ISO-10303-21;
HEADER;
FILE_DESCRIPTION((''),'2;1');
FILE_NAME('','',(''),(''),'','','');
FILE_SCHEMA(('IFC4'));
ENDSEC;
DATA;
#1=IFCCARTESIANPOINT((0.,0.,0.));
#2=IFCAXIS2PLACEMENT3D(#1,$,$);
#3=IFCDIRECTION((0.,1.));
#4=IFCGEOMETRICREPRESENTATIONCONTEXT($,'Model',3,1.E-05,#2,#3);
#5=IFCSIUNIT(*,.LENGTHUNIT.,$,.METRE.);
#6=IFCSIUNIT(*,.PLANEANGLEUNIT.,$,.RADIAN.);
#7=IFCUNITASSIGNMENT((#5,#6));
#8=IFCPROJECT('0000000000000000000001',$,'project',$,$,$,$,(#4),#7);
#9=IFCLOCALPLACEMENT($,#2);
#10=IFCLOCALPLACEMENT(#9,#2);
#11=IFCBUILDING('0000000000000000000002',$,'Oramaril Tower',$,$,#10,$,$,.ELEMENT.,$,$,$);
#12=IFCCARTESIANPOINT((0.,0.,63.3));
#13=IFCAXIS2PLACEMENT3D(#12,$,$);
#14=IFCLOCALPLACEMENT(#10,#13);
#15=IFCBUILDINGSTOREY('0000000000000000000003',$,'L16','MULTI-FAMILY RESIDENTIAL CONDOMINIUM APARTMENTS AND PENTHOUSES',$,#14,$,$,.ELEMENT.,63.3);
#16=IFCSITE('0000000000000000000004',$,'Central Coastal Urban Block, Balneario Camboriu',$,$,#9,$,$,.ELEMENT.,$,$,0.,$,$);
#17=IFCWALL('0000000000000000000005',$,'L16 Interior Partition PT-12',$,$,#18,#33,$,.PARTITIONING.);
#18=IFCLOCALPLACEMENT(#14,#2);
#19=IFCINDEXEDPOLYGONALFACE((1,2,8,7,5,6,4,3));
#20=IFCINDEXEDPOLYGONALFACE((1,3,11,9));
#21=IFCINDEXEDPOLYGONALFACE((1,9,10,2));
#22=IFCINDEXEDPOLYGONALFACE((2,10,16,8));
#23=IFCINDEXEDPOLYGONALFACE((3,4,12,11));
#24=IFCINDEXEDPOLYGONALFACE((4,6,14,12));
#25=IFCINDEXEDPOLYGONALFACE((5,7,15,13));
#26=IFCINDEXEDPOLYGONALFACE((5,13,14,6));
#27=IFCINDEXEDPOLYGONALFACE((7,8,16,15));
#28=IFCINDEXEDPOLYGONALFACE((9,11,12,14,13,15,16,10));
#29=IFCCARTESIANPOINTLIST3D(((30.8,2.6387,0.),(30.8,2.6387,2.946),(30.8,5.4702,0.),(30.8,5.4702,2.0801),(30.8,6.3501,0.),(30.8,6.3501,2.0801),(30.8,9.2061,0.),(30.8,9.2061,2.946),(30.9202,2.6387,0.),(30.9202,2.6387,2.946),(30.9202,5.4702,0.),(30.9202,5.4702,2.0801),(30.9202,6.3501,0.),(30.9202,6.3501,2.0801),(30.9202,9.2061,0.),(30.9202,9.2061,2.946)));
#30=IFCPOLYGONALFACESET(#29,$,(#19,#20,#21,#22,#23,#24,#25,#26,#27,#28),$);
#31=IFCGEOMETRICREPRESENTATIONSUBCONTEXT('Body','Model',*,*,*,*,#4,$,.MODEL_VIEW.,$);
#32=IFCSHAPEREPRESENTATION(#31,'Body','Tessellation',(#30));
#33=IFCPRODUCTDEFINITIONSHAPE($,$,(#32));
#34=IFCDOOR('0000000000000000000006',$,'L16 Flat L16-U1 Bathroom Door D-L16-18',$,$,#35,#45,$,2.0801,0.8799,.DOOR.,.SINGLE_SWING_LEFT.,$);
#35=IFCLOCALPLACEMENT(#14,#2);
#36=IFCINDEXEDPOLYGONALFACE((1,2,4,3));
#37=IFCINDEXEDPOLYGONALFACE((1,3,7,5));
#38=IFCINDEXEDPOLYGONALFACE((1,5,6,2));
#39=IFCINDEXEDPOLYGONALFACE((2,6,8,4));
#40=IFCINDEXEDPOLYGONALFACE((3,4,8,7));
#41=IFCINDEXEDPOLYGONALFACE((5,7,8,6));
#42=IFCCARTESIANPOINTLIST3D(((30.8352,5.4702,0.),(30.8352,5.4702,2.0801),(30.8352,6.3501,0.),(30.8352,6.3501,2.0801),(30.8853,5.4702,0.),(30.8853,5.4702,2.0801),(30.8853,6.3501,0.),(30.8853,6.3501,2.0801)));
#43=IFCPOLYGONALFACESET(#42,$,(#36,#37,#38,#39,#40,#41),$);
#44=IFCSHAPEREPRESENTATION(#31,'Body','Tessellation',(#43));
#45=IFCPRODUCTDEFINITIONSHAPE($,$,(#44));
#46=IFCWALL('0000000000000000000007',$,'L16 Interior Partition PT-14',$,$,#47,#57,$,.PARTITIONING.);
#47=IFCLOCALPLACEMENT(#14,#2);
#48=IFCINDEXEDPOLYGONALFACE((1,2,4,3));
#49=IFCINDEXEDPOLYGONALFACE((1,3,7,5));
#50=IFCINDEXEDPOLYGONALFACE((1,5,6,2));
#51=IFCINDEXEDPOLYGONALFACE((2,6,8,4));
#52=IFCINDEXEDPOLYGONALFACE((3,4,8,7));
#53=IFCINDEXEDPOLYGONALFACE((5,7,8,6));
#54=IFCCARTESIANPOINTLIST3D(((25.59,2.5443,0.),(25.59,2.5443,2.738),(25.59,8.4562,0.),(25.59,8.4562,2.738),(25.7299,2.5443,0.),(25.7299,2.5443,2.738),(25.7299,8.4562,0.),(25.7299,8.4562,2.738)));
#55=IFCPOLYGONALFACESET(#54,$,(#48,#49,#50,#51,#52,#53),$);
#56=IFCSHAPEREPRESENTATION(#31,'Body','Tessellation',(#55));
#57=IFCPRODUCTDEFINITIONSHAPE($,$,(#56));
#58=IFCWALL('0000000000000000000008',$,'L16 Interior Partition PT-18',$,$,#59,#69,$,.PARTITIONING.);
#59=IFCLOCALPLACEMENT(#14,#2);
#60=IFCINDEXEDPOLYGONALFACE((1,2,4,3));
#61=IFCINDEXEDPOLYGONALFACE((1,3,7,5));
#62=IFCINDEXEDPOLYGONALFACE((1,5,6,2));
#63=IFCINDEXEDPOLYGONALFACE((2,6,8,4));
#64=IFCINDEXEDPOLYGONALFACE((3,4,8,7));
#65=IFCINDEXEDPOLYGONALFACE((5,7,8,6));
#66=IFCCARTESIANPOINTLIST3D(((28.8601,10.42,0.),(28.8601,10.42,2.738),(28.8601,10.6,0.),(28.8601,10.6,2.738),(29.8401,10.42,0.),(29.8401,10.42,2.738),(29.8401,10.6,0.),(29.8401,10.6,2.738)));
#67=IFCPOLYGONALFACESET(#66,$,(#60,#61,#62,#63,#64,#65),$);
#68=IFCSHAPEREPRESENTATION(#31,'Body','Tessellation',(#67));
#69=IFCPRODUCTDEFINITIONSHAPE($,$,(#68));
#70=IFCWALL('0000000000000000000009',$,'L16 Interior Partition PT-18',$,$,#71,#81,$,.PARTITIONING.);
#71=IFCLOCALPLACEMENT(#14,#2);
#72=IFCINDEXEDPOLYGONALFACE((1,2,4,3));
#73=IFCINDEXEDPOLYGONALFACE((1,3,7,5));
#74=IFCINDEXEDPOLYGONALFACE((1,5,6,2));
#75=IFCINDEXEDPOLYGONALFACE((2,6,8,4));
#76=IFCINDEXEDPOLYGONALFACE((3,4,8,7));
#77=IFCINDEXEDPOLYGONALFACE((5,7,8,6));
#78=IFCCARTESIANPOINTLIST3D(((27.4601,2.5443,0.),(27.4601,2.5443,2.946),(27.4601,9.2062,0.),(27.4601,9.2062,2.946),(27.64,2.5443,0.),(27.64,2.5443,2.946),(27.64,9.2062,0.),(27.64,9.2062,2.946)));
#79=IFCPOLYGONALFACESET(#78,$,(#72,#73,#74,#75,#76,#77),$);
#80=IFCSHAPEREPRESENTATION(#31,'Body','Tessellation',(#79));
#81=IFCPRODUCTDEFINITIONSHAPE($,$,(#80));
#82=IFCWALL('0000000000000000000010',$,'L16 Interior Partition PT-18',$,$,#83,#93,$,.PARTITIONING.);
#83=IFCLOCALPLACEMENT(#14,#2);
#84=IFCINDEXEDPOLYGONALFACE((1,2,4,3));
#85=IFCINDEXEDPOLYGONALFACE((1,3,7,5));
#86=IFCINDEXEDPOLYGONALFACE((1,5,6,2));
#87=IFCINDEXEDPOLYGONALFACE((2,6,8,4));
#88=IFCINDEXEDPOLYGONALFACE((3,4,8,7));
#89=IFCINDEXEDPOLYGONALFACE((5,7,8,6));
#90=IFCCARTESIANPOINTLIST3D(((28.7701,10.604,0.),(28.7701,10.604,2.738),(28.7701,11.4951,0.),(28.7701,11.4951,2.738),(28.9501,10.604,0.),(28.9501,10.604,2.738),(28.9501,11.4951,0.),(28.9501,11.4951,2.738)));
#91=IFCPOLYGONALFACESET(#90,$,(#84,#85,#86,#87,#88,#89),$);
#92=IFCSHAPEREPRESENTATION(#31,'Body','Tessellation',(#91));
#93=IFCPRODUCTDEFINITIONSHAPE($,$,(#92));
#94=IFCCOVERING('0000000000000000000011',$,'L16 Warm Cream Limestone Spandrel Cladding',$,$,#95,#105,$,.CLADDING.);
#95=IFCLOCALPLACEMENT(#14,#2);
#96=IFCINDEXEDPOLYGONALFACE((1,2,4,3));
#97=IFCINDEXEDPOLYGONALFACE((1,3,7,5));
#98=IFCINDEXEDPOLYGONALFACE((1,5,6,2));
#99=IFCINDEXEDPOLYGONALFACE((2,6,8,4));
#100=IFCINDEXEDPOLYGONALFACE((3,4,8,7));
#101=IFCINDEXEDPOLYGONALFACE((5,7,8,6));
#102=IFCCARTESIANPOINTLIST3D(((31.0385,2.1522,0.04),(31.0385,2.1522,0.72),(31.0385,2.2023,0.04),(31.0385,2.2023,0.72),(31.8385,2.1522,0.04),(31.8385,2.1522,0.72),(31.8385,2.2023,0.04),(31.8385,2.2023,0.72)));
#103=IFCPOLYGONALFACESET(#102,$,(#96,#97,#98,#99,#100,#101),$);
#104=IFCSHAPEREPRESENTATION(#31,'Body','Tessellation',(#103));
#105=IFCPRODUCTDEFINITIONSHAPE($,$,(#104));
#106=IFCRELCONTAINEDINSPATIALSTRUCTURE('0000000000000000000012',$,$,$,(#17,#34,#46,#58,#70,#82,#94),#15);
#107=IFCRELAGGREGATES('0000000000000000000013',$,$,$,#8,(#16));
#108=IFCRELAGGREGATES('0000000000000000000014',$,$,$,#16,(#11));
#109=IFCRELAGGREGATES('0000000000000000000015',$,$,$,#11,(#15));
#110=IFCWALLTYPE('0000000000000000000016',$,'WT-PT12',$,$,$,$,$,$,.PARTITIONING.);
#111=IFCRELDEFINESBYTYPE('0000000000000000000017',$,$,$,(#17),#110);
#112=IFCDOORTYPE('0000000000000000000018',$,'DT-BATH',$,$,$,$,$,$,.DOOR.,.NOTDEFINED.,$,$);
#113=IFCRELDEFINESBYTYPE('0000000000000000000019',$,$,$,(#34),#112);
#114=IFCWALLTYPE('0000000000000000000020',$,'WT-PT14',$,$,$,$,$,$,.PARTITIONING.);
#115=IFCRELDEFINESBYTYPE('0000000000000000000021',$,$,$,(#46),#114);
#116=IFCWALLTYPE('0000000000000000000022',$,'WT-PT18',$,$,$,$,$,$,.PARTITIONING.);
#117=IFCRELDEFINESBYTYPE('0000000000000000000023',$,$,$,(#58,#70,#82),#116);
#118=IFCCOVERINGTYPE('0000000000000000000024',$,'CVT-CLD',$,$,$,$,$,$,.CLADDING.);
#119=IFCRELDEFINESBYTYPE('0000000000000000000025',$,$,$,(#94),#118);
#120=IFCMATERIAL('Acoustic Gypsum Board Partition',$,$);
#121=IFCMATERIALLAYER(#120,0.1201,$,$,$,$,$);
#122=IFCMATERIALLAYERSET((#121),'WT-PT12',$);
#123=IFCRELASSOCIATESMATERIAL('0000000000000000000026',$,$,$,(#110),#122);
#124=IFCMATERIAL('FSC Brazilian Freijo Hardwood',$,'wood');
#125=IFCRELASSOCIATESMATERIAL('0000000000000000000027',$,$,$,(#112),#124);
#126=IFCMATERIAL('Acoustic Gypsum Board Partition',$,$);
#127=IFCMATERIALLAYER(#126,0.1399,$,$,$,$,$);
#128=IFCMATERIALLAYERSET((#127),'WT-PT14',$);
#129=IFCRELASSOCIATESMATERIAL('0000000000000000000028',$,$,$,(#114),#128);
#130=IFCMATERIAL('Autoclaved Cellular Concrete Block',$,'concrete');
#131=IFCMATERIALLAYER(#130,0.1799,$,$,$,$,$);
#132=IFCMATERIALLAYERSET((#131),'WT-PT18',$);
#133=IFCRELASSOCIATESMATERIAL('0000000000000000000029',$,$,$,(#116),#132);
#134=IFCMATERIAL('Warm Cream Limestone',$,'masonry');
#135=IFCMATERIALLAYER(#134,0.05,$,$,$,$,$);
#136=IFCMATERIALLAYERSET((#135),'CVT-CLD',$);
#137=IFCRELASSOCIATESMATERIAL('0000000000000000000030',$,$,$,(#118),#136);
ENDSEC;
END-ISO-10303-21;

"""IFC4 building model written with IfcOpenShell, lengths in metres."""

from ifc_helpers import new_model, si_unit, direction, frame, frame_2d, origin, origin_2d, place, context, subcontext, project, spatial, rectangle, extrude, material, layer, layer_set, type_object, element, fill, save


model = new_model("IFC4")

# Units and contexts
model_context = context("Model", 3, precision=1e-05, world=origin(), true_north=direction((0.0, 1.0)))
body_context = subcontext(model_context, "Body", "Model", "MODEL_VIEW")
ifc_project = project(units=[si_unit("LENGTHUNIT", "METRE"), si_unit("PLANEANGLEUNIT", "RADIAN")], contexts=[model_context])

# Site, building, storey
site_placement = place(None, origin())
site = spatial("IfcSite", under=ifc_project, at=site_placement, Name="Central Coastal Urban Block, Balneario Camboriu", CompositionType="ELEMENT", RefElevation=0.0)
building_placement = place(site_placement, origin())
building = spatial("IfcBuilding", under=site, at=building_placement, Name="Oramaril Tower", CompositionType="ELEMENT")
storey_placement = place(building_placement, frame((0.0, 0.0, 63.3)))
storey = spatial("IfcBuildingStorey", under=building, at=storey_placement, Name="L16", Description="MULTI-FAMILY RESIDENTIAL CONDOMINIUM APARTMENTS AND PENTHOUSES", CompositionType="ELEMENT", Elevation=63.3)

# Wall, opening, door
ifc_material_1 = material(Name="Acoustic Gypsum Board Partition")
ifc_layer_1 = layer(ifc_material_1, 0.1201)
ifc_layer_set_1 = layer_set([ifc_layer_1], Name="WT-PT12")
wall_type_1 = type_object("IfcWallType", Name="WT-PT12", PredefinedType="PARTITIONING", material=ifc_layer_set_1)
wall_1_placement = place(storey_placement, frame((30.8601, 2.6387, 0.0), z_axis=(0.0, 0.0, 1.0), x_axis=(0.0, 1.0, 0.0)))
wall_1 = element("IfcWall", 1, at=wall_1_placement, inside=storey, type_object=wall_type_1, Name="L16 Interior Partition PT-12", PredefinedType="PARTITIONING", context=body_context, shape_type="SweptSolid", body=[
    extrude(rectangle(XDim=6.5674, YDim=0.1201, at=frame_2d((3.2837, 0.0))), origin(), (0.0, 0.0, 1.0), 2.946),
])
opening_placement = place(wall_1_placement, frame((2.8315, 0.0, 0.0)))
opening = element("IfcOpeningElement", 2, at=opening_placement, cuts=wall_1, PredefinedType="OPENING", context=body_context, shape_type="SweptSolid", body=[
    extrude(rectangle(XDim=0.8799, YDim=2.0801, at=frame_2d((0.4399, 1.04))), frame((0.0, 0.0601, 0.0), z_axis=(0.0, -1.0, 0.0), x_axis=(1.0, 0.0, 0.0)), (0.0, 0.0, 1.0), 0.1201),
])
ifc_material_2 = material(Name="FSC Brazilian Freijo Hardwood", Category="wood")
door_type = type_object("IfcDoorType", Name="DT-BATH", OperationType="NOTDEFINED", PredefinedType="DOOR", material=ifc_material_2)
door_placement = place(opening_placement, origin())
door = element("IfcDoor", 3, at=door_placement, inside=storey, type_object=door_type, Name="L16 Flat L16-U1 Bathroom Door D-L16-18", OperationType="SINGLE_SWING_LEFT", OverallHeight=2.0801, OverallWidth=0.8799, PredefinedType="DOOR", context=body_context, shape_type="SweptSolid", body=[
    extrude(rectangle(XDim=0.8799, YDim=2.0801, at=frame_2d((0.4399, 1.04))), frame((0.0, 0.0249, 0.0), z_axis=(0.0, -1.0, 0.0), x_axis=(1.0, 0.0, 0.0)), (0.0, 0.0, 1.0), 0.05),
])
fill(opening, door)

# Walls
ifc_material_3 = material(Name="Acoustic Gypsum Board Partition")
ifc_layer_2 = layer(ifc_material_3, 0.1399)
ifc_layer_set_2 = layer_set([ifc_layer_2], Name="WT-PT14")
wall_type_2 = type_object("IfcWallType", Name="WT-PT14", PredefinedType="PARTITIONING", material=ifc_layer_set_2)
wall_2_placement = place(storey_placement, frame((25.6599, 2.5442, 0.0), z_axis=(0.0, 0.0, 1.0), x_axis=(0.0, 1.0, 0.0)))
element("IfcWall", 4, at=wall_2_placement, inside=storey, type_object=wall_type_2, Name="L16 Interior Partition PT-14", PredefinedType="PARTITIONING", context=body_context, shape_type="SweptSolid", body=[
    extrude(rectangle(XDim=5.9119, YDim=0.1399, at=frame_2d((2.9561, 0.0))), origin(), (0.0, 0.0, 1.0), 2.738),
])
ifc_material_4 = material(Name="Autoclaved Cellular Concrete Block", Category="concrete")
ifc_layer_3 = layer(ifc_material_4, 0.1799)
ifc_layer_set_3 = layer_set([ifc_layer_3], Name="WT-PT18")
wall_type_3 = type_object("IfcWallType", Name="WT-PT18", PredefinedType="PARTITIONING", material=ifc_layer_set_3)
wall_3_placement = place(storey_placement, frame((28.8601, 10.51, 0.0), z_axis=(0.0, 0.0, 1.0), x_axis=(1.0, 0.0, 0.0)))
element("IfcWall", 5, at=wall_3_placement, inside=storey, type_object=wall_type_3, Name="L16 Interior Partition PT-18", PredefinedType="PARTITIONING", context=body_context, shape_type="SweptSolid", body=[
    extrude(rectangle(XDim=0.98, YDim=0.1799, at=frame_2d((0.49, 0.0))), origin(), (0.0, 0.0, 1.0), 2.738),
])
wall_4_placement = place(storey_placement, frame((27.55, 2.5442, 0.0), z_axis=(0.0, 0.0, 1.0), x_axis=(0.0, 1.0, 0.0)))
element("IfcWall", 6, at=wall_4_placement, inside=storey, type_object=wall_type_3, Name="L16 Interior Partition PT-18", PredefinedType="PARTITIONING", context=body_context, shape_type="SweptSolid", body=[
    extrude(rectangle(XDim=6.6619, YDim=0.1799, at=frame_2d((3.3311, 0.0))), origin(), (0.0, 0.0, 1.0), 2.946),
])
wall_5_placement = place(storey_placement, frame((28.8601, 10.604, 0.0), z_axis=(0.0, 0.0, 1.0), x_axis=(0.0, 1.0, 0.0)))
element("IfcWall", 7, at=wall_5_placement, inside=storey, type_object=wall_type_3, Name="L16 Interior Partition PT-18", PredefinedType="PARTITIONING", context=body_context, shape_type="SweptSolid", body=[
    extrude(rectangle(XDim=0.8911, YDim=0.1799, at=frame_2d((0.4456, 0.0))), origin(), (0.0, 0.0, 1.0), 2.738),
])

# Covering
ifc_material_5 = material(Name="Warm Cream Limestone", Category="masonry")
ifc_layer_4 = layer(ifc_material_5, 0.05)
ifc_layer_set_4 = layer_set([ifc_layer_4], Name="CVT-CLD")
covering_type = type_object("IfcCoveringType", Name="CVT-CLD", PredefinedType="CLADDING", material=ifc_layer_set_4)
covering_placement = place(storey_placement, frame((31.4385, 2.1772, 0.04), z_axis=(0.0, 0.0, 1.0), x_axis=(1.0, 0.0, 0.0)))
element("IfcCovering", 8, at=covering_placement, inside=storey, type_object=covering_type, Name="L16 Warm Cream Limestone Spandrel Cladding", PredefinedType="CLADDING", context=body_context, shape_type="SweptSolid", body=[
    extrude(rectangle(XDim=0.8, YDim=0.05, at=origin_2d()), origin(), (0.0, 0.0, 1.0), 0.6799),
])

save(model, "model.ifc")
